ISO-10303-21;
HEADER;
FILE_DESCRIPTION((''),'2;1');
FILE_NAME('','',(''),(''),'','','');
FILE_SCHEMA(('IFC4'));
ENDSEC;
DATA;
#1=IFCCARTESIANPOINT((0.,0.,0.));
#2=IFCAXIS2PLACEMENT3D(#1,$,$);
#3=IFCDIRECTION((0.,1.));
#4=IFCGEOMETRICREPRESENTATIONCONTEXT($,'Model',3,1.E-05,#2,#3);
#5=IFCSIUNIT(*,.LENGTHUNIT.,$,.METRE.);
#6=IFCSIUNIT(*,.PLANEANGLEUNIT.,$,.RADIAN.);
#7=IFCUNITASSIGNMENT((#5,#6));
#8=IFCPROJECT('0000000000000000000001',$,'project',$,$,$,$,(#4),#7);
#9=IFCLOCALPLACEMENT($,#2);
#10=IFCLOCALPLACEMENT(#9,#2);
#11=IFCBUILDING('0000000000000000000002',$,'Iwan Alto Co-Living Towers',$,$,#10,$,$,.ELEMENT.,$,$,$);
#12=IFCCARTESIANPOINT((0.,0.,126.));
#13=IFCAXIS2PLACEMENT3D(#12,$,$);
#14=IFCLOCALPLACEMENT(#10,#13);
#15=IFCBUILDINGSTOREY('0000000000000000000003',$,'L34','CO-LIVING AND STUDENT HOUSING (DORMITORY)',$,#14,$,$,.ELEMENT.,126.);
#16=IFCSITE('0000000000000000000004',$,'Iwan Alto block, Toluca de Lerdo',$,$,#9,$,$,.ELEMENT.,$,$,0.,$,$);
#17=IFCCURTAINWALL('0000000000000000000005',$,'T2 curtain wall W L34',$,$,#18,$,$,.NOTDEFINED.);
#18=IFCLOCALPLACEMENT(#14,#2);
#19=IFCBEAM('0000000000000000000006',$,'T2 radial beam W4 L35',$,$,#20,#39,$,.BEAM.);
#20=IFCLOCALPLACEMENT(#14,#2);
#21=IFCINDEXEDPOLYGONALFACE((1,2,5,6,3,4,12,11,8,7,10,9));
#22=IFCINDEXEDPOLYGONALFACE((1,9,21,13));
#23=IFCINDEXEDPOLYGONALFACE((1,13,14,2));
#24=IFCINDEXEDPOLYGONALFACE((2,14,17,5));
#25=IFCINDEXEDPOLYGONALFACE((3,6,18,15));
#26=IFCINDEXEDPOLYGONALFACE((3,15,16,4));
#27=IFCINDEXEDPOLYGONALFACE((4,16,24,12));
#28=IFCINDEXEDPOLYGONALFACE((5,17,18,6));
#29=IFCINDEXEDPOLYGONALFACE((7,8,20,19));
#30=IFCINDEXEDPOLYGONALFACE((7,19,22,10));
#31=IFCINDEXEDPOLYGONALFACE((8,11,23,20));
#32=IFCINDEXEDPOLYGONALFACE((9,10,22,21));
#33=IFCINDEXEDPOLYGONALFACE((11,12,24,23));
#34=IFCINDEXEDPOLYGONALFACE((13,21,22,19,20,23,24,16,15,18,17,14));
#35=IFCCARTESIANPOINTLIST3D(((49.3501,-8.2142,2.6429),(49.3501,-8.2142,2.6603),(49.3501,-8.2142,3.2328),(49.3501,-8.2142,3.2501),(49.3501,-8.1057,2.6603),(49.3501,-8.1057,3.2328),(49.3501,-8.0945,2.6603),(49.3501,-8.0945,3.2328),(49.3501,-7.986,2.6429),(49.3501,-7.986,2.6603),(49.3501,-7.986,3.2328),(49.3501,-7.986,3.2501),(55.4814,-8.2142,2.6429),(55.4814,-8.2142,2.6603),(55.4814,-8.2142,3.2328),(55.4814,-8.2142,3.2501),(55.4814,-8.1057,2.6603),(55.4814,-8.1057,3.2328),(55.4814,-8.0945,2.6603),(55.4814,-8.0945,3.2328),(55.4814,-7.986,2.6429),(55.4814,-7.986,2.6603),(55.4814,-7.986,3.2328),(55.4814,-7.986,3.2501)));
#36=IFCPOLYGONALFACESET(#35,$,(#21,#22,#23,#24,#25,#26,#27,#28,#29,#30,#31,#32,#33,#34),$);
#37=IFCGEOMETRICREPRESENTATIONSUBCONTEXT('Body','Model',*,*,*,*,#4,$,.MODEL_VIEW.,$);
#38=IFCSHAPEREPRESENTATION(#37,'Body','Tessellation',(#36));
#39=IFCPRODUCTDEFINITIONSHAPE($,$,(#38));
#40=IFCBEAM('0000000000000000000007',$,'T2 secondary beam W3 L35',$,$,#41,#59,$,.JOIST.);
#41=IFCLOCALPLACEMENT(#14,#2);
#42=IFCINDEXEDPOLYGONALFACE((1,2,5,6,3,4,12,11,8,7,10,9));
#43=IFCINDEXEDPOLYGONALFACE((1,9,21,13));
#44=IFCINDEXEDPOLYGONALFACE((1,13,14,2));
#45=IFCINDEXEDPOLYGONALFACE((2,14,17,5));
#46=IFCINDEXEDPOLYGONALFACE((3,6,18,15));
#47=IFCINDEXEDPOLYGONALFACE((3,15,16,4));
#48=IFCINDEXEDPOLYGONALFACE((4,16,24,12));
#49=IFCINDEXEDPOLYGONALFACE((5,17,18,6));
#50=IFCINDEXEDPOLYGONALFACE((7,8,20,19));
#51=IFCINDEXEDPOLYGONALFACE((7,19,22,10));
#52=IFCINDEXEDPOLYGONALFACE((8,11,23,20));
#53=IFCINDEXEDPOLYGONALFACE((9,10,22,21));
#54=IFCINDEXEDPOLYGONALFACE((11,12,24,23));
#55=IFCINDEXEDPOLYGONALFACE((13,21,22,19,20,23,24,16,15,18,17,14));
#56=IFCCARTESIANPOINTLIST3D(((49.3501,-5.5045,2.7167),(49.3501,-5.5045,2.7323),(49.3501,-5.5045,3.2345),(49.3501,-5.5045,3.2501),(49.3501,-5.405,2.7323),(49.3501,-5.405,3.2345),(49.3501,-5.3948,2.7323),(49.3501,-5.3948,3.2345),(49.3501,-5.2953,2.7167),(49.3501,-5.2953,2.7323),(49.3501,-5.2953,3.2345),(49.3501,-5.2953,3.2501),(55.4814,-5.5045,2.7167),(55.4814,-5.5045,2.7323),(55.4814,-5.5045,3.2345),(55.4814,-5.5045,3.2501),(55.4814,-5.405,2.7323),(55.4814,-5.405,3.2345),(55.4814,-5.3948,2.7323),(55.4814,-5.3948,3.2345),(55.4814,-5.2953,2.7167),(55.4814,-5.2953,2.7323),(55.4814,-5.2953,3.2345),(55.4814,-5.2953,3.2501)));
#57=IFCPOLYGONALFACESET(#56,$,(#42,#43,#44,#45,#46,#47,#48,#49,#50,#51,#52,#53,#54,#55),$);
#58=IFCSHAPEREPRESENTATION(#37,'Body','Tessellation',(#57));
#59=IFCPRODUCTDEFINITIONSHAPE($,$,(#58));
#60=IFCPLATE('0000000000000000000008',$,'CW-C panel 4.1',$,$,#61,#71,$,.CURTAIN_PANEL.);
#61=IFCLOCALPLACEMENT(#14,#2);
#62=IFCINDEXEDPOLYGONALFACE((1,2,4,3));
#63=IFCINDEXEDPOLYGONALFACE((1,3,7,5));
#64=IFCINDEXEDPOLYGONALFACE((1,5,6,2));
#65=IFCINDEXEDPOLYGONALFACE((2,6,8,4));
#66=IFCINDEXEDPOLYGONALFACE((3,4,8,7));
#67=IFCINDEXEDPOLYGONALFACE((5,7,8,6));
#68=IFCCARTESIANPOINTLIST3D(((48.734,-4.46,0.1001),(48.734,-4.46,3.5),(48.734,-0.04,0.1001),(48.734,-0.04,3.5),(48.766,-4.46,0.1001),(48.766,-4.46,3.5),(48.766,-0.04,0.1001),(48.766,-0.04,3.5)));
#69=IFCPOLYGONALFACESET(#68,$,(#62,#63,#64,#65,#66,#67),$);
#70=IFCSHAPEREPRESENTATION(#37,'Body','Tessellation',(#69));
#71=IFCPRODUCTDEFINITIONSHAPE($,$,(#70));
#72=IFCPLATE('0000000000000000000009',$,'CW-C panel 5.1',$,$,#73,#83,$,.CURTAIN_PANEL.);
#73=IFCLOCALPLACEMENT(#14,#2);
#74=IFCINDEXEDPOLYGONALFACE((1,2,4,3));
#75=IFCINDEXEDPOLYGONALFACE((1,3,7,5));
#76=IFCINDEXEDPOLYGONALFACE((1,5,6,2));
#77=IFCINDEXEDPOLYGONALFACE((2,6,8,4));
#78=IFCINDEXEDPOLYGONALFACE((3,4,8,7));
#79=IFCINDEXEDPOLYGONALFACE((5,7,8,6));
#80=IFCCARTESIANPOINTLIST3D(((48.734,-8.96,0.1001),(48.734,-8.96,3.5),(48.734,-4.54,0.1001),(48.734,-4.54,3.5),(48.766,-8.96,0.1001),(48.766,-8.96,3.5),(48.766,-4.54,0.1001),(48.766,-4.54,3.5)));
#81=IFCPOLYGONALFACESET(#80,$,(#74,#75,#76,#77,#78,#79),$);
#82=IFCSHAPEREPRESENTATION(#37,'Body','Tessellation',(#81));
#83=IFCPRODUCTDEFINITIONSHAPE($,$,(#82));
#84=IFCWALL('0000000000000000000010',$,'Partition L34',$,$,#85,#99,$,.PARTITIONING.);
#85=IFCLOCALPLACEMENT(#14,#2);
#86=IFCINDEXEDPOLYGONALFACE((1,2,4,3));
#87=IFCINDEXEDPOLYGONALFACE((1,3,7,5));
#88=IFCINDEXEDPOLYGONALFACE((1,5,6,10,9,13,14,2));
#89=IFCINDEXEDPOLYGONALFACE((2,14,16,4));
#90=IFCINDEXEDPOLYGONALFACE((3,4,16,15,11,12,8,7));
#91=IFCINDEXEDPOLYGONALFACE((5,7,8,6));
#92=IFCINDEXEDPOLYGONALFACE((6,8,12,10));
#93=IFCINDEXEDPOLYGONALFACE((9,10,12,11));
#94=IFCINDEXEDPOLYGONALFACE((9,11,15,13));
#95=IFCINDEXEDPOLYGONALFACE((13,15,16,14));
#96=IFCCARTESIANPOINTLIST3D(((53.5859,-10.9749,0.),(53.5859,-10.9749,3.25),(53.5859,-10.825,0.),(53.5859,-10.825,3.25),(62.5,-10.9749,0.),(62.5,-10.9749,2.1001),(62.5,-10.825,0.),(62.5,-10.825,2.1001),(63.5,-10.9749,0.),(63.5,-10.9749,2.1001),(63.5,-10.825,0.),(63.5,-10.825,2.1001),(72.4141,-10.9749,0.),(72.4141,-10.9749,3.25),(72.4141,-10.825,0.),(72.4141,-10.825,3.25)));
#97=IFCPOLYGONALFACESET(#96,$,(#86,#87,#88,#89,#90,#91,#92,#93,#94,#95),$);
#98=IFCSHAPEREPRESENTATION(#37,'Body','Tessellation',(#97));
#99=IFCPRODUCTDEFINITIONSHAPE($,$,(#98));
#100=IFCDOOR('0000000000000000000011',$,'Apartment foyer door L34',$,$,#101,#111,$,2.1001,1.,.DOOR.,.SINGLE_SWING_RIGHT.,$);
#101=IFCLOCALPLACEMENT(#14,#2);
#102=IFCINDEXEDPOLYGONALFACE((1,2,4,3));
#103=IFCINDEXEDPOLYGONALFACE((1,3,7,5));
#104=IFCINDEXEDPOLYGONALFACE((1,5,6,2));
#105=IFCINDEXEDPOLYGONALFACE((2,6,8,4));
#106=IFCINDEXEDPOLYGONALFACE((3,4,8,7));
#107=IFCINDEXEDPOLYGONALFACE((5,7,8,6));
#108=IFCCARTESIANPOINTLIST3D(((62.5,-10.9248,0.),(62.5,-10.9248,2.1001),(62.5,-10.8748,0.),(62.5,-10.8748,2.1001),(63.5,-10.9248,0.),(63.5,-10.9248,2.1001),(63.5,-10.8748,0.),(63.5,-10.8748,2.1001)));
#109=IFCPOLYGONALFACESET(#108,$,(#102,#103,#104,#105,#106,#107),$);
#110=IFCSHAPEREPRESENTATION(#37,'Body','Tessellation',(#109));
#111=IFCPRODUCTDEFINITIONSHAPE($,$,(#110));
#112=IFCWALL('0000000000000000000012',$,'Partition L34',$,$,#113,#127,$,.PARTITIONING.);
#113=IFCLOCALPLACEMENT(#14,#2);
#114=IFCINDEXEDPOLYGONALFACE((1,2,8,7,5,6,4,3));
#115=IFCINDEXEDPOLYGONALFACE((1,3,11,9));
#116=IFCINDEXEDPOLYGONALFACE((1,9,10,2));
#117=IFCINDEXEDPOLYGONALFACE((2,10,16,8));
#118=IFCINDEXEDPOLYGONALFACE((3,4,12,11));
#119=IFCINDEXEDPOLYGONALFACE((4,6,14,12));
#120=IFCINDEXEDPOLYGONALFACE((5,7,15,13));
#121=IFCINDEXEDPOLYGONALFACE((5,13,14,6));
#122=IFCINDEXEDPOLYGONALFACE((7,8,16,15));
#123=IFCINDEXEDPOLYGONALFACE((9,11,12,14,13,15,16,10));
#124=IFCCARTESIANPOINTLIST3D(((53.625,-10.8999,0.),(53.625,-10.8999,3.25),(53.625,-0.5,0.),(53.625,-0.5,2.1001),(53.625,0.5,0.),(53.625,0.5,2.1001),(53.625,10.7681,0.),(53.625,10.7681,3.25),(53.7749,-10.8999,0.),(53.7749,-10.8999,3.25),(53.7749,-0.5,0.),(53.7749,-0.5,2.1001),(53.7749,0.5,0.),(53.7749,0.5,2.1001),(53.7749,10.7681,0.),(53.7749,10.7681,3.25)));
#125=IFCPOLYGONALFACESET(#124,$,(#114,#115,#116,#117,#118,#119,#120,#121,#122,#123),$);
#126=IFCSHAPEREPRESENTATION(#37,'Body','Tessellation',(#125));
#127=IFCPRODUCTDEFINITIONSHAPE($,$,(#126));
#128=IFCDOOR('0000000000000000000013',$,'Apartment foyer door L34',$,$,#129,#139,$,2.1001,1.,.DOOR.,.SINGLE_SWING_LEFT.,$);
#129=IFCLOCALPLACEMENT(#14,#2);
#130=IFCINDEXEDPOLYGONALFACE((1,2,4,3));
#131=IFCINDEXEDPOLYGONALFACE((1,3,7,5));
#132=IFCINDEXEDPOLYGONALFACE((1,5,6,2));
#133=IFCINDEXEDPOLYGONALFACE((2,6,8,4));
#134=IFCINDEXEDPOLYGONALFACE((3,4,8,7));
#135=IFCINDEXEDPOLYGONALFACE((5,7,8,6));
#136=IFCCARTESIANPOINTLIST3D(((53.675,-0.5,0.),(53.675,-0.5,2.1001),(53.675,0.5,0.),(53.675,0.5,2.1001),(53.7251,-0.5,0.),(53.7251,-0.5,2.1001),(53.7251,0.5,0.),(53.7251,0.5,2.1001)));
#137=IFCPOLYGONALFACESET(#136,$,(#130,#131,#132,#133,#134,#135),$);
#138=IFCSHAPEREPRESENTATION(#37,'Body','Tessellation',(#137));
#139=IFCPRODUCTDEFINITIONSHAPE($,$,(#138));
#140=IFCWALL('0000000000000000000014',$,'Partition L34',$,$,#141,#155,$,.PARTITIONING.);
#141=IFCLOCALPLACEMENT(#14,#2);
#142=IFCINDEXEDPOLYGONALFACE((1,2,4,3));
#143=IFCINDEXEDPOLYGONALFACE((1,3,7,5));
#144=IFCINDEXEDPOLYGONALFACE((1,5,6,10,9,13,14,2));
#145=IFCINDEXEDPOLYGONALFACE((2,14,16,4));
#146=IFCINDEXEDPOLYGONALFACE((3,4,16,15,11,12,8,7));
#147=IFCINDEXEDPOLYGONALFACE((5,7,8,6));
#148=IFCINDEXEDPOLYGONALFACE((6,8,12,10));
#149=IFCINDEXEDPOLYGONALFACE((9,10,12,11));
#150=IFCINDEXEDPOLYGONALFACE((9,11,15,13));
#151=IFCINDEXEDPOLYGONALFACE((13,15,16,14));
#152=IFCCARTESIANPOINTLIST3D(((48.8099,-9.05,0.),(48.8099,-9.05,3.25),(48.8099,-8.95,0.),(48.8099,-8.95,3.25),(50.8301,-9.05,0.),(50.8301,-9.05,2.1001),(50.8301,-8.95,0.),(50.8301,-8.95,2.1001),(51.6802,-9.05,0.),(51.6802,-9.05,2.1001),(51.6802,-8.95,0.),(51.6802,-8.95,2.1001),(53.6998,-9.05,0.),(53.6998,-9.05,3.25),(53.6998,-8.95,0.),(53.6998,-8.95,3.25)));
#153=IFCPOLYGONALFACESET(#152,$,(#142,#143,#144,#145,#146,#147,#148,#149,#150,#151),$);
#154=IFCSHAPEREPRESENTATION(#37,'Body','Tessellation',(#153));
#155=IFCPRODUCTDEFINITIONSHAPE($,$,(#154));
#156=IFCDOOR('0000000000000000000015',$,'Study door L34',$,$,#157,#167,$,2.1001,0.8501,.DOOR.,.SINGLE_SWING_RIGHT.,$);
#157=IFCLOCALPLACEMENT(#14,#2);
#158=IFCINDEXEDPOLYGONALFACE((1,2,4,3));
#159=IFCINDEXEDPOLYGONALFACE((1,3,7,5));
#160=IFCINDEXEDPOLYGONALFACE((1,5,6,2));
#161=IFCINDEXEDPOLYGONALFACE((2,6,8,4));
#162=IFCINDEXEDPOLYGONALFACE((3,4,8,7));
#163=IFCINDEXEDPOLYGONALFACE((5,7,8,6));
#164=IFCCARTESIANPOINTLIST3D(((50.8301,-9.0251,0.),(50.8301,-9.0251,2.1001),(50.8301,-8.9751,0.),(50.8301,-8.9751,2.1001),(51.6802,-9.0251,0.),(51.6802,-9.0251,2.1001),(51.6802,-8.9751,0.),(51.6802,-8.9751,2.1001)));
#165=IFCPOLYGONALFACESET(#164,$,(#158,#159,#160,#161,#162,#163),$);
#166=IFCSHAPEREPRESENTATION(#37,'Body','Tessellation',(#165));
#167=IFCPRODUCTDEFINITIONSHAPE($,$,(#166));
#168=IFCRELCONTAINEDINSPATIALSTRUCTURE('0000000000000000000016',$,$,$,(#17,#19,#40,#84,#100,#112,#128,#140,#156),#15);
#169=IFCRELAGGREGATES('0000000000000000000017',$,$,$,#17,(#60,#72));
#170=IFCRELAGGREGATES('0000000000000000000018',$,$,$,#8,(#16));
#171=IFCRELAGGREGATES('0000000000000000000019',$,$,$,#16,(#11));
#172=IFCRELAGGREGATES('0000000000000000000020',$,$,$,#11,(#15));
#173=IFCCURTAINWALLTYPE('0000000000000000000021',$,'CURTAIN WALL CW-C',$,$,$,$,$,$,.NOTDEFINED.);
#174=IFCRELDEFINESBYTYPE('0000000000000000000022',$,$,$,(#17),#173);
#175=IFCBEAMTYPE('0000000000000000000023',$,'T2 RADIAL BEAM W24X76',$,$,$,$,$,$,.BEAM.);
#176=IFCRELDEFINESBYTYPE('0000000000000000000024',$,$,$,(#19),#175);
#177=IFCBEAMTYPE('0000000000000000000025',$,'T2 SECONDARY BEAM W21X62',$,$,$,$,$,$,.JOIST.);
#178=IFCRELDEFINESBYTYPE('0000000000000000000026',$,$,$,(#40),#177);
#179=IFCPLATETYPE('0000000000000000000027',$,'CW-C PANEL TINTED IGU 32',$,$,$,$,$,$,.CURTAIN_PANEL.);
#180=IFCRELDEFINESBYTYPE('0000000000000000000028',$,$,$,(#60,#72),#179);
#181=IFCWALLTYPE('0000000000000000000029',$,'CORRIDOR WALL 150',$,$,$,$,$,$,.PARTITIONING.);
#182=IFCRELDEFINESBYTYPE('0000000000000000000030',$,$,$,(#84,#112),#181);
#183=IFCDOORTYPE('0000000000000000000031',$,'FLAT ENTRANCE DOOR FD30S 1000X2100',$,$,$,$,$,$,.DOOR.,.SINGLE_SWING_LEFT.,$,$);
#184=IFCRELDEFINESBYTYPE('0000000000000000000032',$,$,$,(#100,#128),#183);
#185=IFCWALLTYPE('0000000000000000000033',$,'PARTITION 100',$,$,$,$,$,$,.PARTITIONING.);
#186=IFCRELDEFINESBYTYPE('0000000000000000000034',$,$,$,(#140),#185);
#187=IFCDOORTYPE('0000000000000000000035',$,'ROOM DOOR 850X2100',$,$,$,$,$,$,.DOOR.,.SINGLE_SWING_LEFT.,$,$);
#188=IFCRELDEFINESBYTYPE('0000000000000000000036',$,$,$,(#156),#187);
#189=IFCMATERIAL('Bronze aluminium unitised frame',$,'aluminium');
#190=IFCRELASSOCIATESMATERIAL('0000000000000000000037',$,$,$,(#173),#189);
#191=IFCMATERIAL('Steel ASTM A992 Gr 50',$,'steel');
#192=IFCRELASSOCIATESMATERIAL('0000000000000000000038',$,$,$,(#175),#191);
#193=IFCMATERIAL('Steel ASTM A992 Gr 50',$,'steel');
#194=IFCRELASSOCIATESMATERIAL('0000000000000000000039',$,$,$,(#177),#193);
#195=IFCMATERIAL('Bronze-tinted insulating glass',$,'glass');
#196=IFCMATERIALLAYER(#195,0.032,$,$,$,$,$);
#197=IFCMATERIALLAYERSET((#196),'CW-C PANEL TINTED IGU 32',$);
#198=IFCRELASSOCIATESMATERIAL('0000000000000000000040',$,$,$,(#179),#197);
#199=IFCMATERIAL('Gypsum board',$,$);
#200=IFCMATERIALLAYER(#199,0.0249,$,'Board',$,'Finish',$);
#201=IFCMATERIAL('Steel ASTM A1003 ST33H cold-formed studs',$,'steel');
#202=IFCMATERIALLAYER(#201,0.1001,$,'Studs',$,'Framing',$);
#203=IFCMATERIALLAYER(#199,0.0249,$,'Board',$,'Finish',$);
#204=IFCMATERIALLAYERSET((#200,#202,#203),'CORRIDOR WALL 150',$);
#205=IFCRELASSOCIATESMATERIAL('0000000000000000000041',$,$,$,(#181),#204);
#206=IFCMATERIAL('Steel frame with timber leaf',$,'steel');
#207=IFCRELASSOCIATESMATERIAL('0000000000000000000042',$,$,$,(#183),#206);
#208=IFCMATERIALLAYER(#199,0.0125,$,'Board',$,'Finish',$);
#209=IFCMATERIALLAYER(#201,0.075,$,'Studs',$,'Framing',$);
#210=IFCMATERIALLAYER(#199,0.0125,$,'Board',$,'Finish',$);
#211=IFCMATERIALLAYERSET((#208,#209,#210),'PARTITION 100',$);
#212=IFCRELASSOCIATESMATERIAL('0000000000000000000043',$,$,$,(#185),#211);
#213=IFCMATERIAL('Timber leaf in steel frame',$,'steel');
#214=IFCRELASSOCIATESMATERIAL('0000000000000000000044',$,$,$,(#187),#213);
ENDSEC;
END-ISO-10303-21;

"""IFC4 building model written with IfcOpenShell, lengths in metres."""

from ifc_helpers import new_model, si_unit, direction, frame, frame_2d, origin, origin_2d, place, context, subcontext, project, spatial, rectangle, i_section, extrude, material, layer, layer_set, material_profile, profile_set, type_object, element, fill, aggregate, save


model = new_model("IFC4")

# Units and contexts
model_context = context("Model", 3, precision=1e-05, world=origin(), true_north=direction((0.0, 1.0)))
body_context = subcontext(model_context, "Body", "Model", "MODEL_VIEW")
ifc_project = project(units=[si_unit("LENGTHUNIT", "METRE"), si_unit("PLANEANGLEUNIT", "RADIAN")], contexts=[model_context])

# Site, building, storey
site_placement = place(None, origin())
site = spatial("IfcSite", under=ifc_project, at=site_placement, Name="Iwan Alto block, Toluca de Lerdo", CompositionType="ELEMENT", RefElevation=0.0)
building_placement = place(site_placement, origin())
building = spatial("IfcBuilding", under=site, at=building_placement, Name="Iwan Alto Co-Living Towers", CompositionType="ELEMENT")
storey_placement = place(building_placement, frame((0.0, 0.0, 126.0)))
storey = spatial("IfcBuildingStorey", under=building, at=storey_placement, Name="L34", Description="CO-LIVING AND STUDENT HOUSING (DORMITORY)", CompositionType="ELEMENT", Elevation=126.0)

# Curtain wall
ifc_material_1 = material(Name="Bronze aluminium unitised frame", Category="aluminium")
curtain_wall_type = type_object("IfcCurtainWallType", Name="CURTAIN WALL CW-C", PredefinedType="NOTDEFINED", material=ifc_material_1)
curtain_wall_placement = place(storey_placement, origin())
curtain_wall = element("IfcCurtainWall", 1, at=curtain_wall_placement, inside=storey, type_object=curtain_wall_type, Name="T2 curtain wall W L34", PredefinedType="NOTDEFINED")

# Beams
ifc_material_2 = material(Name="Steel ASTM A992 Gr 50", Category="steel")
ifc_material_profile_1 = material_profile(ifc_material_2, i_section(OverallWidth=0.2283, OverallDepth=0.6072, WebThickness=0.0112, FlangeThickness=0.0173, at=origin_2d()), Name="W24X76")
ifc_profile_set_1 = profile_set([ifc_material_profile_1], Name="Steel ASTM A992 Gr 50")
beam_type_1 = type_object("IfcBeamType", Name="T2 RADIAL BEAM W24X76", PredefinedType="BEAM", material=ifc_profile_set_1)
for number, where, z_axis, x_axis, name in (
    (2, (49.3501, -8.1001, 2.9465), (1.0, 0.0, 0.0), (0.0, 1.0, 0.0), "T2 radial beam W4 L35"),
):
    element("IfcBeam", number, at=place(storey_placement, frame(where, z_axis=z_axis, x_axis=x_axis)), inside=storey, type_object=beam_type_1, Name=name, PredefinedType="BEAM", context=body_context, shape_type="SweptSolid", body=[
        extrude(i_section(OverallWidth=0.2283, OverallDepth=0.6072, WebThickness=0.0112, FlangeThickness=0.0173, at=origin_2d()), origin(), (0.0, 0.0, 1.0), 6.1313),
    ])
ifc_material_3 = material(Name="Steel ASTM A992 Gr 50", Category="steel")
ifc_material_profile_2 = material_profile(ifc_material_3, i_section(OverallWidth=0.2092, OverallDepth=0.5334, WebThickness=0.0103, FlangeThickness=0.0156, at=origin_2d()), Name="W21X62")
ifc_profile_set_2 = profile_set([ifc_material_profile_2], Name="Steel ASTM A992 Gr 50")
beam_type_2 = type_object("IfcBeamType", Name="T2 SECONDARY BEAM W21X62", PredefinedType="JOIST", material=ifc_profile_set_2)
beam_1_placement = place(storey_placement, frame((49.3501, -5.3999, 2.9834), z_axis=(1.0, 0.0, 0.0), x_axis=(0.0, 1.0, 0.0)))
element("IfcBeam", 3, at=beam_1_placement, inside=storey, type_object=beam_type_2, Name="T2 secondary beam W3 L35", PredefinedType="JOIST", context=body_context, shape_type="SweptSolid", body=[
    extrude(i_section(OverallWidth=0.2092, OverallDepth=0.5334, WebThickness=0.0103, FlangeThickness=0.0156, at=origin_2d()), origin(), (0.0, 0.0, 1.0), 6.1313),
])

# Plates
ifc_material_4 = material(Name="Bronze-tinted insulating glass", Category="glass")
ifc_layer_1 = layer(ifc_material_4, 0.032)
ifc_layer_set_1 = layer_set([ifc_layer_1], Name="CW-C PANEL TINTED IGU 32")
plate_type = type_object("IfcPlateType", Name="CW-C PANEL TINTED IGU 32", PredefinedType="CURTAIN_PANEL", material=ifc_layer_set_1)
plate_1_placement = place(storey_placement, frame((48.75, -2.25, 0.1001), z_axis=(0.0, 0.0, 1.0), x_axis=(0.0, -1.0, 0.0)))
plate_1 = element("IfcPlate", 4, at=plate_1_placement, type_object=plate_type, Name="CW-C panel 4.1", PredefinedType="CURTAIN_PANEL", context=body_context, shape_type="SweptSolid", body=[
    extrude(rectangle(XDim=4.4199, YDim=0.032, at=origin_2d()), origin(), (0.0, 0.0, 1.0), 3.3999),
])
plate_2_placement = place(storey_placement, frame((48.75, -6.75, 0.1001), z_axis=(0.0, 0.0, 1.0), x_axis=(0.0, -1.0, 0.0)))
plate_2 = element("IfcPlate", 5, at=plate_2_placement, type_object=plate_type, Name="CW-C panel 5.1", PredefinedType="CURTAIN_PANEL", context=body_context, shape_type="SweptSolid", body=[
    extrude(rectangle(XDim=4.4199, YDim=0.032, at=origin_2d()), origin(), (0.0, 0.0, 1.0), 3.3999),
])
aggregate(curtain_wall, [plate_1, plate_2])

# Walls, openings, doors
ifc_material_5 = material(Name="Gypsum board")
ifc_layer_2 = layer(ifc_material_5, 0.0249, Name="Board", Category="Finish")
ifc_material_6 = material(Name="Steel ASTM A1003 ST33H cold-formed studs", Category="steel")
ifc_layer_3 = layer(ifc_material_6, 0.1001, Name="Studs", Category="Framing")
ifc_layer_4 = layer(ifc_material_5, 0.0249, Name="Board", Category="Finish")
ifc_layer_set_2 = layer_set([ifc_layer_2, ifc_layer_3, ifc_layer_4], Name="CORRIDOR WALL 150")
wall_type_1 = type_object("IfcWallType", Name="CORRIDOR WALL 150", PredefinedType="PARTITIONING", material=ifc_layer_set_2)
wall_1_placement = place(storey_placement, frame((53.5859, -10.8999, 0.0), z_axis=(0.0, 0.0, 1.0), x_axis=(1.0, 0.0, 0.0)))
wall_1 = element("IfcWall", 6, at=wall_1_placement, inside=storey, type_object=wall_type_1, Name="Partition L34", PredefinedType="PARTITIONING", context=body_context, shape_type="SweptSolid", body=[
    extrude(rectangle(XDim=18.8281, YDim=0.1499, at=frame_2d((9.4141, 0.0))), origin(), (0.0, 0.0, 1.0), 3.25),
])
opening_1_placement = place(wall_1_placement, frame((8.9141, 0.0, 0.0)))
opening_1 = element("IfcOpeningElement", 7, at=opening_1_placement, cuts=wall_1, PredefinedType="OPENING", context=body_context, shape_type="SweptSolid", body=[
    extrude(rectangle(XDim=1.0, YDim=2.1001, at=frame_2d((0.5, 1.05))), frame((0.0, 0.085, 0.0), z_axis=(0.0, -1.0, 0.0), x_axis=(1.0, 0.0, 0.0)), (0.0, 0.0, 1.0), 0.1699),
])
ifc_material_7 = material(Name="Steel frame with timber leaf", Category="steel")
door_type_1 = type_object("IfcDoorType", Name="FLAT ENTRANCE DOOR FD30S 1000X2100", OperationType="SINGLE_SWING_LEFT", PredefinedType="DOOR", material=ifc_material_7)
door_1_placement = place(opening_1_placement, frame((1.0, 0.0, 0.0), z_axis=(0.0, 0.0, 1.0), x_axis=(-1.0, 0.0, 0.0)))
door_1 = element("IfcDoor", 8, at=door_1_placement, inside=storey, type_object=door_type_1, Name="Apartment foyer door L34", OperationType="SINGLE_SWING_RIGHT", OverallHeight=2.1001, OverallWidth=1.0, PredefinedType="DOOR", context=body_context, shape_type="SweptSolid", body=[
    extrude(rectangle(XDim=1.0, YDim=2.1001, at=frame_2d((0.5, 1.05))), frame((0.0, 0.0249, 0.0), z_axis=(0.0, -1.0, 0.0), x_axis=(1.0, 0.0, 0.0)), (0.0, 0.0, 1.0), 0.05),
])
fill(opening_1, door_1)
wall_2_placement = place(storey_placement, frame((53.7, -10.8999, 0.0), z_axis=(0.0, 0.0, 1.0), x_axis=(0.0, 1.0, 0.0)))
wall_2 = element("IfcWall", 9, at=wall_2_placement, inside=storey, type_object=wall_type_1, Name="Partition L34", PredefinedType="PARTITIONING", context=body_context, shape_type="SweptSolid", body=[
    extrude(rectangle(XDim=21.668, YDim=0.1499, at=frame_2d((10.834, 0.0))), origin(), (0.0, 0.0, 1.0), 3.25),
])
opening_2_placement = place(wall_2_placement, frame((10.3999, 0.0, 0.0)))
opening_2 = element("IfcOpeningElement", 10, at=opening_2_placement, cuts=wall_2, PredefinedType="OPENING", context=body_context, shape_type="SweptSolid", body=[
    extrude(rectangle(XDim=1.0, YDim=2.1001, at=frame_2d((0.5, 1.05))), frame((0.0, 0.085, 0.0), z_axis=(0.0, -1.0, 0.0), x_axis=(1.0, 0.0, 0.0)), (0.0, 0.0, 1.0), 0.1699),
])
door_2_placement = place(opening_2_placement, origin())
door_2 = element("IfcDoor", 11, at=door_2_placement, inside=storey, type_object=door_type_1, Name="Apartment foyer door L34", OperationType="SINGLE_SWING_LEFT", OverallHeight=2.1001, OverallWidth=1.0, PredefinedType="DOOR", context=body_context, shape_type="SweptSolid", body=[
    extrude(rectangle(XDim=1.0, YDim=2.1001, at=frame_2d((0.5, 1.05))), frame((0.0, 0.0249, 0.0), z_axis=(0.0, -1.0, 0.0), x_axis=(1.0, 0.0, 0.0)), (0.0, 0.0, 1.0), 0.05),
])
fill(opening_2, door_2)
ifc_layer_5 = layer(ifc_material_5, 0.0125, Name="Board", Category="Finish")
ifc_layer_6 = layer(ifc_material_6, 0.075, Name="Studs", Category="Framing")
ifc_layer_7 = layer(ifc_material_5, 0.0125, Name="Board", Category="Finish")
ifc_layer_set_3 = layer_set([ifc_layer_5, ifc_layer_6, ifc_layer_7], Name="PARTITION 100")
wall_type_2 = type_object("IfcWallType", Name="PARTITION 100", PredefinedType="PARTITIONING", material=ifc_layer_set_3)
wall_3_placement = place(storey_placement, frame((48.8101, -9.0, 0.0), z_axis=(0.0, 0.0, 1.0), x_axis=(1.0, 0.0, 0.0)))
wall_3 = element("IfcWall", 12, at=wall_3_placement, inside=storey, type_object=wall_type_2, Name="Partition L34", PredefinedType="PARTITIONING", context=body_context, shape_type="SweptSolid", body=[
    extrude(rectangle(XDim=4.8899, YDim=0.1001, at=frame_2d((2.4448, 0.0))), origin(), (0.0, 0.0, 1.0), 3.25),
])
opening_3_placement = place(wall_3_placement, frame((2.02, 0.0, 0.0)))
opening_3 = element("IfcOpeningElement", 13, at=opening_3_placement, cuts=wall_3, PredefinedType="OPENING", context=body_context, shape_type="SweptSolid", body=[
    extrude(rectangle(XDim=0.8501, YDim=2.1001, at=frame_2d((0.425, 1.05))), frame((0.0, 0.0601, 0.0), z_axis=(0.0, -1.0, 0.0), x_axis=(1.0, 0.0, 0.0)), (0.0, 0.0, 1.0), 0.1201),
])
ifc_material_8 = material(Name="Timber leaf in steel frame", Category="steel")
door_type_2 = type_object("IfcDoorType", Name="ROOM DOOR 850X2100", OperationType="SINGLE_SWING_LEFT", PredefinedType="DOOR", material=ifc_material_8)
door_3_placement = place(opening_3_placement, origin())
door_3 = element("IfcDoor", 14, at=door_3_placement, inside=storey, type_object=door_type_2, Name="Study door L34", OperationType="SINGLE_SWING_RIGHT", OverallHeight=2.1001, OverallWidth=0.8501, PredefinedType="DOOR", context=body_context, shape_type="SweptSolid", body=[
    extrude(rectangle(XDim=0.8501, YDim=2.1001, at=frame_2d((0.425, 1.05))), frame((0.0, 0.0249, 0.0), z_axis=(0.0, -1.0, 0.0), x_axis=(1.0, 0.0, 0.0)), (0.0, 0.0, 1.0), 0.05),
])
fill(opening_3, door_3)

save(model, "model.ifc")
